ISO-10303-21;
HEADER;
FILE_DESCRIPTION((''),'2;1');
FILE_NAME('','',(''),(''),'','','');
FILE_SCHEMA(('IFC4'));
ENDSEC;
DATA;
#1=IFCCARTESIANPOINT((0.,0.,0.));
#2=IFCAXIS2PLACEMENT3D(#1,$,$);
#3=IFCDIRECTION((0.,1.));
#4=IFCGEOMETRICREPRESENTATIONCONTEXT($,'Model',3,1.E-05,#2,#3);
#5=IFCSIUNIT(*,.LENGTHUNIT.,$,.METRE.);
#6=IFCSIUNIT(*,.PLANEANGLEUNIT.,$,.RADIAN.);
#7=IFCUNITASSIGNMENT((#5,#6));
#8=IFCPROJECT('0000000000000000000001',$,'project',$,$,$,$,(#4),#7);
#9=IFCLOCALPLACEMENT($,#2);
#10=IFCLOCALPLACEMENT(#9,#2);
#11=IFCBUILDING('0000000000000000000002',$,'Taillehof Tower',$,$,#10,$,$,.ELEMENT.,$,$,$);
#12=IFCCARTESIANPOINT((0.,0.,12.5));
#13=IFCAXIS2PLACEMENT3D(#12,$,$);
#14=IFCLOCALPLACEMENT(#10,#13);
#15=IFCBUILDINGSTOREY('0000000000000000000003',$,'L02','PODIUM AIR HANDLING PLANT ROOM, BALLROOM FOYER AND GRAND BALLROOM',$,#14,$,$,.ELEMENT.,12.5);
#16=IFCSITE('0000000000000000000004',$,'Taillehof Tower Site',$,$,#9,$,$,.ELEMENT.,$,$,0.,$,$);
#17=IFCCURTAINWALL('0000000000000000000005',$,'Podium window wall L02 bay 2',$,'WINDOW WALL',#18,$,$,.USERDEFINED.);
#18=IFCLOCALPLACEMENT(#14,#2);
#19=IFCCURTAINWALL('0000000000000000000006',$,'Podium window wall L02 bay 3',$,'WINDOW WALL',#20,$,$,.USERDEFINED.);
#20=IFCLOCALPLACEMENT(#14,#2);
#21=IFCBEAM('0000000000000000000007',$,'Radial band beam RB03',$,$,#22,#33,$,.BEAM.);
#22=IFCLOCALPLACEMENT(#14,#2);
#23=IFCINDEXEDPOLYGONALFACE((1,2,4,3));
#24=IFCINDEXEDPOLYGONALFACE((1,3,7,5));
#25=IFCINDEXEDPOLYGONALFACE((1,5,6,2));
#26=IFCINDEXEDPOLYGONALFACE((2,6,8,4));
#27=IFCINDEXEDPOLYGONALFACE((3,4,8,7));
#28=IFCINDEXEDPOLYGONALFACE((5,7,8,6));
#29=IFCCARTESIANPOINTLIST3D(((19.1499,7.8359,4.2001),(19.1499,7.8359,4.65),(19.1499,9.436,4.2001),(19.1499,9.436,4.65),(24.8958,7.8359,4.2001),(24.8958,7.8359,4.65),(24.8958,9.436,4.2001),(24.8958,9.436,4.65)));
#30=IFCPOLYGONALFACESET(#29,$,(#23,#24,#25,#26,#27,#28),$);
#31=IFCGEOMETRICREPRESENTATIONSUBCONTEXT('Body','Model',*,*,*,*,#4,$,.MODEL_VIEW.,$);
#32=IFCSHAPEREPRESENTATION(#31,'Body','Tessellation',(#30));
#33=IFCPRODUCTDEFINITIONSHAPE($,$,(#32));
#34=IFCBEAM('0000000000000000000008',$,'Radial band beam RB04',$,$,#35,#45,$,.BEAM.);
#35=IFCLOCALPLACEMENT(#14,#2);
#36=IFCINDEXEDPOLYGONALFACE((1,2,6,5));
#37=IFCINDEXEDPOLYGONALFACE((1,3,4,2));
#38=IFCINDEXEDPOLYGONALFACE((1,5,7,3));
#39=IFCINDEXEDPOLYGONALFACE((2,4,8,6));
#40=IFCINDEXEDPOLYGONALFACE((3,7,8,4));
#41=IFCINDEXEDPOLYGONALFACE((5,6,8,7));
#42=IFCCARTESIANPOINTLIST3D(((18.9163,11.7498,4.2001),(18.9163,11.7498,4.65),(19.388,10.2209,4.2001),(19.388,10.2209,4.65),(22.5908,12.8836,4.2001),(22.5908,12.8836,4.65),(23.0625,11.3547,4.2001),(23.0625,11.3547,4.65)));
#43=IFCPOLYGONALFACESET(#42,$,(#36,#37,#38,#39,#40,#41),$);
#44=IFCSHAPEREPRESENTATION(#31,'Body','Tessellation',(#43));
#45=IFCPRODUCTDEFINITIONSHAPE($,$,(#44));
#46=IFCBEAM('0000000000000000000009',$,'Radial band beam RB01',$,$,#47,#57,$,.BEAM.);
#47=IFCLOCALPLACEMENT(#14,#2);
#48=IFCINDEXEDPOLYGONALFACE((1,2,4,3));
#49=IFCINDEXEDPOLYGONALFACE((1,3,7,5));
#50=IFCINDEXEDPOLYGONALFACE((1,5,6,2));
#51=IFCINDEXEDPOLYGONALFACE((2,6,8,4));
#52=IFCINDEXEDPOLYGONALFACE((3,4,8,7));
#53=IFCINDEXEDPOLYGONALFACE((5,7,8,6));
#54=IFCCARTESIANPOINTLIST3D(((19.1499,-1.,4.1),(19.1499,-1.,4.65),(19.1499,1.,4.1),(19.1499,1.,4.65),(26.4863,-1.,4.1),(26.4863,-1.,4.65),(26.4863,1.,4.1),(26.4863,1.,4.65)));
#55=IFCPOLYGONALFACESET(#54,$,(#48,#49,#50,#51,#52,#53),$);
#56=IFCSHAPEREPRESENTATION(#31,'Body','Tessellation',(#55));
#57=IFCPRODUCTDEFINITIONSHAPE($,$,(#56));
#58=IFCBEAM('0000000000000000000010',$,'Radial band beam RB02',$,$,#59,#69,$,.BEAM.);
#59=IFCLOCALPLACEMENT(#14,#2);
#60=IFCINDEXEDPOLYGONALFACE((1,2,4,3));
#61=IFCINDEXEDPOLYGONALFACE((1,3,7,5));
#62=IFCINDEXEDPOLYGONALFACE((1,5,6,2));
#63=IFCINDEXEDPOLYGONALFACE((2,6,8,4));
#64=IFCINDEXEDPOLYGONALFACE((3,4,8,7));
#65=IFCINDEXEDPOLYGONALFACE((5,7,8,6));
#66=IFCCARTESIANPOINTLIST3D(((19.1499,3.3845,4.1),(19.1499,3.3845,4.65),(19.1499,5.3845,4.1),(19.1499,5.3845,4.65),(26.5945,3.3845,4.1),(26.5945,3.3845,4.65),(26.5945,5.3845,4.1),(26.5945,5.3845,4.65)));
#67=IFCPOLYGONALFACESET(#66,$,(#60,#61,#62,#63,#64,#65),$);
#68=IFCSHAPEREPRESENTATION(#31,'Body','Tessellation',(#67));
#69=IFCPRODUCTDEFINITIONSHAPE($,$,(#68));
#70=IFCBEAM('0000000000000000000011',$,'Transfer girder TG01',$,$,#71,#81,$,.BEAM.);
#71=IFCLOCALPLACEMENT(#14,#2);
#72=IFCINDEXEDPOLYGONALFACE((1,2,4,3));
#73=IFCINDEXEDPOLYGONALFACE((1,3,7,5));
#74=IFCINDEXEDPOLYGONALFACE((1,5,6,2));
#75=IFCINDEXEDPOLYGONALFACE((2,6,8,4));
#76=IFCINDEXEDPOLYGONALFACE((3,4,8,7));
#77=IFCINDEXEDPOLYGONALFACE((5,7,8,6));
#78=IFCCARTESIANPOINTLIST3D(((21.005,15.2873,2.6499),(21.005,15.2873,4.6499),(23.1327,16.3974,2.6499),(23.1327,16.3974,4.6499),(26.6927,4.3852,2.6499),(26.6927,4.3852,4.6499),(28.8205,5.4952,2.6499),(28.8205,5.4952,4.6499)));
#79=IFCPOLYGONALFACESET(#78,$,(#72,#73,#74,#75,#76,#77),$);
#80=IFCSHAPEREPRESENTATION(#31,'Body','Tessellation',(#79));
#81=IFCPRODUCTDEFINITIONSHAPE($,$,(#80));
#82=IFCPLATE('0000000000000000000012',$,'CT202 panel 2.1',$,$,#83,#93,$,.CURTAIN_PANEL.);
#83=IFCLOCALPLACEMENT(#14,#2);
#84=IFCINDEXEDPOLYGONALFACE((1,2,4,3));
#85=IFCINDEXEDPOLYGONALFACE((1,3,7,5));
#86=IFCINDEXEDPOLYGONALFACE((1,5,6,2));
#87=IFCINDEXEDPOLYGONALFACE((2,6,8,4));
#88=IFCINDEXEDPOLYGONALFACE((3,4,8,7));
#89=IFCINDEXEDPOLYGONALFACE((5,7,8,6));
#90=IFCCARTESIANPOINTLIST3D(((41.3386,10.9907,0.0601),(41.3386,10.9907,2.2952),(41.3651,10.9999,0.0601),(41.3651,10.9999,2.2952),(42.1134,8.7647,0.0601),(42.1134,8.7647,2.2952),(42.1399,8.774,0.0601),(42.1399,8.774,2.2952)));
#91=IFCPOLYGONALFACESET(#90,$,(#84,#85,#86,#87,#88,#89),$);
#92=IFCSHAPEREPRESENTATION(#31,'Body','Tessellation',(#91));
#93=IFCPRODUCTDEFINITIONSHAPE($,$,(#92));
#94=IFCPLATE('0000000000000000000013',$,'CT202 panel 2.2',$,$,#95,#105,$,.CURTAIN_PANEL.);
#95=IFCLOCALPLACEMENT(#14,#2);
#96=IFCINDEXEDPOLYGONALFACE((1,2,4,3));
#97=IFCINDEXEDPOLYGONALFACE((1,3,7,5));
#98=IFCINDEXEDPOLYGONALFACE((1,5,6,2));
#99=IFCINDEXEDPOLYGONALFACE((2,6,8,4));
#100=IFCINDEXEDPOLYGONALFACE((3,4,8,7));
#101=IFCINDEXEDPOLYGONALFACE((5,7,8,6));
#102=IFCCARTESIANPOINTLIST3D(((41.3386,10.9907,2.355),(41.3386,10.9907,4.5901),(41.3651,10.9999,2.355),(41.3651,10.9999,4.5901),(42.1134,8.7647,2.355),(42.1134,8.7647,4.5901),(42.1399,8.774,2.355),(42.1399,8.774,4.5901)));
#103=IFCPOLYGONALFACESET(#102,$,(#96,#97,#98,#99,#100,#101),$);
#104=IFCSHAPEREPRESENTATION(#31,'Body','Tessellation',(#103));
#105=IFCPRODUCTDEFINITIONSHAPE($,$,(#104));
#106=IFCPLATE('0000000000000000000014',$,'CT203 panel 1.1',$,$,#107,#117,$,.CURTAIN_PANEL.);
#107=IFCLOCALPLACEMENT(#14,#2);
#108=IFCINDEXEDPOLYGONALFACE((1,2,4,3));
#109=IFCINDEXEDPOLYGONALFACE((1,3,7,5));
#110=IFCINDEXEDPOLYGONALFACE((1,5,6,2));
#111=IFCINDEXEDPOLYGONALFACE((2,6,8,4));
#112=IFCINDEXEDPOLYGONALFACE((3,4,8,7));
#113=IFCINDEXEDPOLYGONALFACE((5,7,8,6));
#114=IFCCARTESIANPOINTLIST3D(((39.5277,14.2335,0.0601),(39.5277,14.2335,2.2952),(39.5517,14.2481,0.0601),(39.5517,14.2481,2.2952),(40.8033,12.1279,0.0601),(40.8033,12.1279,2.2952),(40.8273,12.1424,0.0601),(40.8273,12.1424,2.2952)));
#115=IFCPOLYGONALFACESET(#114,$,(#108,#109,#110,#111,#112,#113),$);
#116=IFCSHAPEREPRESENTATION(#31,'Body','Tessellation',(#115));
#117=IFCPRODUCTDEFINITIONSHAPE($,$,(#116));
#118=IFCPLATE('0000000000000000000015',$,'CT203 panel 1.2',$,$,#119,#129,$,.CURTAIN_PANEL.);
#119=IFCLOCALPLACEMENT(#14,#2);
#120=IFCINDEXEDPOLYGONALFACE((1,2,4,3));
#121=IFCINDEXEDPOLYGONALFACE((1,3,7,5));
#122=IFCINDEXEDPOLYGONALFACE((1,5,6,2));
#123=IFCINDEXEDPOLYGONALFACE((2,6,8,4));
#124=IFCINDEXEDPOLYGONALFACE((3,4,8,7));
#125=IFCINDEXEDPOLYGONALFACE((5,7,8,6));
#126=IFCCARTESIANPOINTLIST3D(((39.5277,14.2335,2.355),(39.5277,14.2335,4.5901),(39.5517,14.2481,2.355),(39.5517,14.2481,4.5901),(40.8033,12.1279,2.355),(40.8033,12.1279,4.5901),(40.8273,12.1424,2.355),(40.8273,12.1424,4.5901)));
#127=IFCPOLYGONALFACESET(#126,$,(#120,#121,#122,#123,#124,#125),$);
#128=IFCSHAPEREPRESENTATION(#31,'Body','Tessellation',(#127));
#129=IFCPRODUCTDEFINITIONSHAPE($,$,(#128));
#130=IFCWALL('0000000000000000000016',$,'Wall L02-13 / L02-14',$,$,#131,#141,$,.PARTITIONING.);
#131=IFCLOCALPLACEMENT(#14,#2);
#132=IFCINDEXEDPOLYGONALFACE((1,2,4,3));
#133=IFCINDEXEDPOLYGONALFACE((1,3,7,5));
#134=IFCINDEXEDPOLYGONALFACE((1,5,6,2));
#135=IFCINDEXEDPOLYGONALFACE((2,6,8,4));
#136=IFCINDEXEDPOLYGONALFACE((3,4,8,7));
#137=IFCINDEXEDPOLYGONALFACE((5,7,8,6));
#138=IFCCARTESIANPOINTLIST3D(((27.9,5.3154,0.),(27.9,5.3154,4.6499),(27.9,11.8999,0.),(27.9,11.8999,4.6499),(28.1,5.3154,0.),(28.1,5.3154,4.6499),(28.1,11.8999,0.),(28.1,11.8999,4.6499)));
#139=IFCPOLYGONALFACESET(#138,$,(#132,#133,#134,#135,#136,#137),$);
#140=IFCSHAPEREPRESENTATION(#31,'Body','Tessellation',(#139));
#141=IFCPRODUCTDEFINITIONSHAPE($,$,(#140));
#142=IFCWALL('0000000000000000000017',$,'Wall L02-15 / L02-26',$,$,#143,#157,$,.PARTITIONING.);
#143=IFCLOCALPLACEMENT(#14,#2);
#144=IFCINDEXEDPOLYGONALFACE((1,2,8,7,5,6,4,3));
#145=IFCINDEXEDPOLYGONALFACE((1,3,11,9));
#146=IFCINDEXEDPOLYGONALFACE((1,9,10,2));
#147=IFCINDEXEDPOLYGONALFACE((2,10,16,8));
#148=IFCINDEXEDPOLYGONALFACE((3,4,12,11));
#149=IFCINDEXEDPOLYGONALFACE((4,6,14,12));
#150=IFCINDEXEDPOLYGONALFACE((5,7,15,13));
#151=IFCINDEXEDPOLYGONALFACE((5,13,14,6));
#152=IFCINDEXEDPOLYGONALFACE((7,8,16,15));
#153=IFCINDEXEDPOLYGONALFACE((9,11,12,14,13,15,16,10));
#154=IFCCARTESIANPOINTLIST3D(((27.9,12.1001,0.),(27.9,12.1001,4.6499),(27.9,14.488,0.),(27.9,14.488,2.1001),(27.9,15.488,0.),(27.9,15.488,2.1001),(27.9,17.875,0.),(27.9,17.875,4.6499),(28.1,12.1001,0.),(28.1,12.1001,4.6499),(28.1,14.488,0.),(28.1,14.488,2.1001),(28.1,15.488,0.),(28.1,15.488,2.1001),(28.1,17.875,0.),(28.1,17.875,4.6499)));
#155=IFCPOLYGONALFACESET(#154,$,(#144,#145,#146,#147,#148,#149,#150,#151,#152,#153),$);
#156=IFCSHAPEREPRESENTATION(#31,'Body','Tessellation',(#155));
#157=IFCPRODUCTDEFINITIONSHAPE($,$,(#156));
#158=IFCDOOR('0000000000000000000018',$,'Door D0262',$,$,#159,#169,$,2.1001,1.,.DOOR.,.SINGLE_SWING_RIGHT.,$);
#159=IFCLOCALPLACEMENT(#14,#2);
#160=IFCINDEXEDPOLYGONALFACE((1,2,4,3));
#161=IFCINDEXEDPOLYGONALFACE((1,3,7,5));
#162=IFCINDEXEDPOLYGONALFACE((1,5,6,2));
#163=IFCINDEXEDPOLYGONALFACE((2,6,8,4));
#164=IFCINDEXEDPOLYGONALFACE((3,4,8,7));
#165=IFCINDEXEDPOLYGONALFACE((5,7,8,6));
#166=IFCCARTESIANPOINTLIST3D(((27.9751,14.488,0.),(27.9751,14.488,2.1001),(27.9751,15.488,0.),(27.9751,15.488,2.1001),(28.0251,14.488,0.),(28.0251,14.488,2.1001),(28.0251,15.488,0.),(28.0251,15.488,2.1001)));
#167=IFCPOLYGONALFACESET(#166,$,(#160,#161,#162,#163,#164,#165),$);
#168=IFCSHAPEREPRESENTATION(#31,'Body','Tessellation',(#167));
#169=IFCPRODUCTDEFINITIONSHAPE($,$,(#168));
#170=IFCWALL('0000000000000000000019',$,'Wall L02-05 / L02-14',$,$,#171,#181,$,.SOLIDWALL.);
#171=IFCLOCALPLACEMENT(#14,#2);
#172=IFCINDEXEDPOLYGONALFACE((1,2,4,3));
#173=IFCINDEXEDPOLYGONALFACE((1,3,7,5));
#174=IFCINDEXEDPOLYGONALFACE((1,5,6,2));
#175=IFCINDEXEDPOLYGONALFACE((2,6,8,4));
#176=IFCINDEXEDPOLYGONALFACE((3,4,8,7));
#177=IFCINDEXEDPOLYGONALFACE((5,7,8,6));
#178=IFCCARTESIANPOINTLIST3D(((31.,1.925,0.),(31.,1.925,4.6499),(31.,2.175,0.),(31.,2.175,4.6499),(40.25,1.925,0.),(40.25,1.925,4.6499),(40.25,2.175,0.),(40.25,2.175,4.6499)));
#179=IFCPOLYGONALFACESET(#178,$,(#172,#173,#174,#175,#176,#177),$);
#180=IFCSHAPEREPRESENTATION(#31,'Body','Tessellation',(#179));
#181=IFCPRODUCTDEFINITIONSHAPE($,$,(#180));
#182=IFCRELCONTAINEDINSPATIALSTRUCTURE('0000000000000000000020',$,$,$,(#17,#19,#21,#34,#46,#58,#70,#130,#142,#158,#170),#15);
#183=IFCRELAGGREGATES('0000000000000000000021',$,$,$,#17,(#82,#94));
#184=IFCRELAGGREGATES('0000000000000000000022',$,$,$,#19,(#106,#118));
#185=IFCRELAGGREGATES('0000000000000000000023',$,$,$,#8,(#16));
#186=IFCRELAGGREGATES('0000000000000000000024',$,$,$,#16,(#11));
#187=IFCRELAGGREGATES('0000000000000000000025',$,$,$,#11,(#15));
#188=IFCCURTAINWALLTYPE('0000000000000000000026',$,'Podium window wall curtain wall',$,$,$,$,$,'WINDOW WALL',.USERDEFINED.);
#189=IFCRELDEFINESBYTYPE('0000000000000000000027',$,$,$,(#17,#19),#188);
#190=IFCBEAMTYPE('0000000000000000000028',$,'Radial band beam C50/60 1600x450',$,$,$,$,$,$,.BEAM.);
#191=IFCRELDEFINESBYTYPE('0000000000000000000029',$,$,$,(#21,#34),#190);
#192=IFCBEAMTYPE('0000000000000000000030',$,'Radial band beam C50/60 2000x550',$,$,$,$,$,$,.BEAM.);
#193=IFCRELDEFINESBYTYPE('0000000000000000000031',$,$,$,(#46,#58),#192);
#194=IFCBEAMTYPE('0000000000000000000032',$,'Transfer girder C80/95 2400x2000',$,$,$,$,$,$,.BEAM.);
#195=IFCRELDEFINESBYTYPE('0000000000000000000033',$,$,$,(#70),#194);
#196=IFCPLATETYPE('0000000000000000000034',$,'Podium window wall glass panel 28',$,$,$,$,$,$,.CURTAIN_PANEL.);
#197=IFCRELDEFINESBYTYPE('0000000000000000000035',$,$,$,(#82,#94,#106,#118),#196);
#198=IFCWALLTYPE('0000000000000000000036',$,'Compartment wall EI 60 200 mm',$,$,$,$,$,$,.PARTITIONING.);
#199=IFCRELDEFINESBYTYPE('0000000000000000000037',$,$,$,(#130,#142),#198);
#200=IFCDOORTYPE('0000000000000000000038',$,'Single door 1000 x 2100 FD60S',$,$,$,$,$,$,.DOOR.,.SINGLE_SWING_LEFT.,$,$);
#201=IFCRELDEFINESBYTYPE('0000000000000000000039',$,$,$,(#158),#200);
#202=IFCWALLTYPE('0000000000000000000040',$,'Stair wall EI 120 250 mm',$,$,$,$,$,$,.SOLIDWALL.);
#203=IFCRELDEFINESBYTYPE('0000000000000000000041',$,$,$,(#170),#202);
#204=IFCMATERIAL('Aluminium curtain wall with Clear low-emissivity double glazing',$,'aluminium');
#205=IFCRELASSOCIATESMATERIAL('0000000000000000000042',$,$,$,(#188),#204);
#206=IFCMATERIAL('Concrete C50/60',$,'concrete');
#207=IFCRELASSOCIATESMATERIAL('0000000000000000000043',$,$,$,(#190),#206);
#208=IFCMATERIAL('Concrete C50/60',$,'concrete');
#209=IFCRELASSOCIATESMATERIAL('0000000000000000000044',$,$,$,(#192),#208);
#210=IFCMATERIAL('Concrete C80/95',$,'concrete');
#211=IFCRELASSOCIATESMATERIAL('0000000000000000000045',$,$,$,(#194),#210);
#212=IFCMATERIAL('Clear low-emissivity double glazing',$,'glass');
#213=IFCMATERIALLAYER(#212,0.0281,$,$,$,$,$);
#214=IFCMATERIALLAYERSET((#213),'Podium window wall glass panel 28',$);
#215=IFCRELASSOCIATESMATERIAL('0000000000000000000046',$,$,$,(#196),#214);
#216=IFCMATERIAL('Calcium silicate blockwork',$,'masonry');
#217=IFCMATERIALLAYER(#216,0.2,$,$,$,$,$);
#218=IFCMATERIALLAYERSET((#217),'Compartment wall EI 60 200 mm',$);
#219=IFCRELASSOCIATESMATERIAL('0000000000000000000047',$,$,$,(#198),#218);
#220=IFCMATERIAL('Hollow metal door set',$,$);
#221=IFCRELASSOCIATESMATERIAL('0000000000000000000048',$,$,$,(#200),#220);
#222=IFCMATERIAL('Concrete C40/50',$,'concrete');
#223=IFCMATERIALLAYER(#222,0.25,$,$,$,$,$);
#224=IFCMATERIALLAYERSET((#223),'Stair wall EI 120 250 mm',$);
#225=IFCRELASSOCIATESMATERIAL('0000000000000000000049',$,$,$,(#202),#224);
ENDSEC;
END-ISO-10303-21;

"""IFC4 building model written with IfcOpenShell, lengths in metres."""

from ifc_helpers import new_model, si_unit, direction, frame, frame_2d, origin, origin_2d, place, context, subcontext, project, spatial, rectangle, extrude, material, layer, layer_set, material_profile, profile_set, type_object, element, fill, aggregate, save


model = new_model("IFC4")

# Units and contexts
model_context = context("Model", 3, precision=1e-05, world=origin(), true_north=direction((0.0, 1.0)))
body_context = subcontext(model_context, "Body", "Model", "MODEL_VIEW")
ifc_project = project(units=[si_unit("LENGTHUNIT", "METRE"), si_unit("PLANEANGLEUNIT", "RADIAN")], contexts=[model_context])

# Site, building, storey
site_placement = place(None, origin())
site = spatial("IfcSite", under=ifc_project, at=site_placement, Name="Taillehof Tower Site", CompositionType="ELEMENT", RefElevation=0.0)
building_placement = place(site_placement, origin())
building = spatial("IfcBuilding", under=site, at=building_placement, Name="Taillehof Tower", CompositionType="ELEMENT")
storey_placement = place(building_placement, frame((0.0, 0.0, 12.5)))
storey = spatial("IfcBuildingStorey", under=building, at=storey_placement, Name="L02", Description="PODIUM AIR HANDLING PLANT ROOM, BALLROOM FOYER AND GRAND BALLROOM", CompositionType="ELEMENT", Elevation=12.5)

# Curtain wall
ifc_material_1 = material(Name="Aluminium curtain wall with Clear low-emissivity double glazing", Category="aluminium")
curtain_wall_type = type_object("IfcCurtainWallType", Name="Podium window wall curtain wall", ElementType="WINDOW WALL", PredefinedType="USERDEFINED", material=ifc_material_1)
curtain_wall_1_placement = place(storey_placement, origin())
curtain_wall_1 = element("IfcCurtainWall", 1, at=curtain_wall_1_placement, inside=storey, type_object=curtain_wall_type, Name="Podium window wall L02 bay 2", ObjectType="WINDOW WALL", PredefinedType="USERDEFINED")

# Curtain wall
curtain_wall_2_placement = place(storey_placement, origin())
curtain_wall_2 = element("IfcCurtainWall", 2, at=curtain_wall_2_placement, inside=storey, type_object=curtain_wall_type, Name="Podium window wall L02 bay 3", ObjectType="WINDOW WALL", PredefinedType="USERDEFINED")

# Beams
ifc_material_2 = material(Name="Concrete C50/60", Category="concrete")
ifc_material_profile_1 = material_profile(ifc_material_2, rectangle(XDim=1.6001, YDim=0.45, at=origin_2d()), Name="RC 1600x450")
ifc_profile_set_1 = profile_set([ifc_material_profile_1], Name="Concrete C50/60")
beam_type_1 = type_object("IfcBeamType", Name="Radial band beam C50/60 1600x450", PredefinedType="BEAM", material=ifc_profile_set_1)
beam_1_placement = place(storey_placement, frame((24.8958, 8.636, 4.425), z_axis=(-1.0, 0.0, 0.0), x_axis=(0.0, -1.0, 0.0)))
element("IfcBeam", 3, at=beam_1_placement, inside=storey, type_object=beam_type_1, Name="Radial band beam RB03", PredefinedType="BEAM", context=body_context, shape_type="SweptSolid", body=[
    extrude(rectangle(XDim=1.6001, YDim=0.45, at=origin_2d()), origin(), (0.0, 0.0, 1.0), 5.7458),
])
beam_2_placement = place(storey_placement, frame((22.8267, 12.1191, 4.425), z_axis=(-0.955548, -0.294835, 0.0), x_axis=(0.294835, -0.955548, 0.0)))
element("IfcBeam", 4, at=beam_2_placement, inside=storey, type_object=beam_type_1, Name="Radial band beam RB04", PredefinedType="BEAM", context=body_context, shape_type="SweptSolid", body=[
    extrude(rectangle(XDim=1.6001, YDim=0.45, at=origin_2d()), origin(), (0.0, 0.0, 1.0), 3.8455),
])
ifc_material_3 = material(Name="Concrete C50/60", Category="concrete")
ifc_material_profile_2 = material_profile(ifc_material_3, rectangle(XDim=2.0, YDim=0.55, at=origin_2d()), Name="RC 2000x550")
ifc_profile_set_2 = profile_set([ifc_material_profile_2], Name="Concrete C50/60")
beam_type_2 = type_object("IfcBeamType", Name="Radial band beam C50/60 2000x550", PredefinedType="BEAM", material=ifc_profile_set_2)
beam_3_placement = place(storey_placement, frame((26.4863, 0.0, 4.375), z_axis=(-1.0, 0.0, 0.0), x_axis=(0.0, -1.0, 0.0)))
element("IfcBeam", 5, at=beam_3_placement, inside=storey, type_object=beam_type_2, Name="Radial band beam RB01", PredefinedType="BEAM", context=body_context, shape_type="SweptSolid", body=[
    extrude(rectangle(XDim=2.0, YDim=0.55, at=origin_2d()), origin(), (0.0, 0.0, 1.0), 7.3364),
])
beam_4_placement = place(storey_placement, frame((26.5945, 4.3845, 4.375), z_axis=(-1.0, 0.0, 0.0), x_axis=(0.0, -1.0, 0.0)))
element("IfcBeam", 6, at=beam_4_placement, inside=storey, type_object=beam_type_2, Name="Radial band beam RB02", PredefinedType="BEAM", context=body_context, shape_type="SweptSolid", body=[
    extrude(rectangle(XDim=2.0, YDim=0.55, at=origin_2d()), origin(), (0.0, 0.0, 1.0), 7.4446),
])
ifc_material_4 = material(Name="Concrete C80/95", Category="concrete")
ifc_material_profile_3 = material_profile(ifc_material_4, rectangle(XDim=2.3999, YDim=2.0, at=origin_2d()), Name="RC 2400x2000")
ifc_profile_set_3 = profile_set([ifc_material_profile_3], Name="Concrete C80/95")
beam_type_3 = type_object("IfcBeamType", Name="Transfer girder C80/95 2400x2000", PredefinedType="BEAM", material=ifc_profile_set_3)
beam_5_placement = place(storey_placement, frame((27.7566, 4.9402, 3.6499), z_axis=(-0.462546, 0.886595, 0.0), x_axis=(-0.886595, -0.462546, 0.0)))
element("IfcBeam", 7, at=beam_5_placement, inside=storey, type_object=beam_type_3, Name="Transfer girder TG01", PredefinedType="BEAM", context=body_context, shape_type="SweptSolid", body=[
    extrude(rectangle(XDim=2.3999, YDim=2.0, at=origin_2d()), origin(), (0.0, 0.0, 1.0), 12.2966),
])

# Plates
ifc_material_5 = material(Name="Clear low-emissivity double glazing", Category="glass")
ifc_layer_1 = layer(ifc_material_5, 0.0281)
ifc_layer_set_1 = layer_set([ifc_layer_1], Name="Podium window wall glass panel 28")
plate_type = type_object("IfcPlateType", Name="Podium window wall glass panel 28", PredefinedType="CURTAIN_PANEL", material=ifc_layer_set_1)
plate_1_placement = place(storey_placement, frame((41.7393, 9.8823, 0.0601), z_axis=(0.0, 0.0, 1.0), x_axis=(-0.328758, 0.944414, 0.0)))
plate_1 = element("IfcPlate", 8, at=plate_1_placement, type_object=plate_type, Name="CT202 panel 2.1", PredefinedType="CURTAIN_PANEL", context=body_context, shape_type="SweptSolid", body=[
    extrude(rectangle(XDim=2.3569, YDim=0.0281, at=origin_2d()), origin(), (0.0, 0.0, 1.0), 2.2351),
])
plate_2_placement = place(storey_placement, frame((41.7393, 9.8823, 2.355), z_axis=(0.0, 0.0, 1.0), x_axis=(-0.328758, 0.944414, 0.0)))
plate_2 = element("IfcPlate", 9, at=plate_2_placement, type_object=plate_type, Name="CT202 panel 2.2", PredefinedType="CURTAIN_PANEL", context=body_context, shape_type="SweptSolid", body=[
    extrude(rectangle(XDim=2.3569, YDim=0.0281, at=origin_2d()), origin(), (0.0, 0.0, 1.0), 2.2351),
])
aggregate(curtain_wall_1, [plate_1, plate_2])
plate_3_placement = place(storey_placement, frame((40.1775, 13.188, 0.0601), z_axis=(0.0, 0.0, 1.0), x_axis=(-0.518151, 0.855289, 0.0)))
plate_3 = element("IfcPlate", 10, at=plate_3_placement, type_object=plate_type, Name="CT203 panel 1.1", PredefinedType="CURTAIN_PANEL", context=body_context, shape_type="SweptSolid", body=[
    extrude(rectangle(XDim=2.4619, YDim=0.0281, at=origin_2d()), origin(), (0.0, 0.0, 1.0), 2.2351),
])
plate_4_placement = place(storey_placement, frame((40.1775, 13.188, 2.355), z_axis=(0.0, 0.0, 1.0), x_axis=(-0.518151, 0.855289, 0.0)))
plate_4 = element("IfcPlate", 11, at=plate_4_placement, type_object=plate_type, Name="CT203 panel 1.2", PredefinedType="CURTAIN_PANEL", context=body_context, shape_type="SweptSolid", body=[
    extrude(rectangle(XDim=2.4619, YDim=0.0281, at=origin_2d()), origin(), (0.0, 0.0, 1.0), 2.2351),
])
aggregate(curtain_wall_2, [plate_3, plate_4])

# Wall
ifc_material_6 = material(Name="Calcium silicate blockwork", Category="masonry")
ifc_layer_2 = layer(ifc_material_6, 0.2)
ifc_layer_set_2 = layer_set([ifc_layer_2], Name="Compartment wall EI 60 200 mm")
wall_type_1 = type_object("IfcWallType", Name="Compartment wall EI 60 200 mm", PredefinedType="PARTITIONING", material=ifc_layer_set_2)
wall_1_placement = place(storey_placement, frame((28.0, 5.3154, 0.0), z_axis=(0.0, 0.0, 1.0), x_axis=(0.0, 1.0, 0.0)))
element("IfcWall", 12, at=wall_1_placement, inside=storey, type_object=wall_type_1, Name="Wall L02-13 / L02-14", PredefinedType="PARTITIONING", context=body_context, shape_type="SweptSolid", body=[
    extrude(rectangle(XDim=6.5845, YDim=0.2, at=frame_2d((3.2922, 0.0))), origin(), (0.0, 0.0, 1.0), 4.6499),
])

# Wall, opening, door
wall_2_placement = place(storey_placement, frame((28.0, 12.1001, 0.0), z_axis=(0.0, 0.0, 1.0), x_axis=(0.0, 1.0, 0.0)))
wall_2 = element("IfcWall", 13, at=wall_2_placement, inside=storey, type_object=wall_type_1, Name="Wall L02-15 / L02-26", PredefinedType="PARTITIONING", context=body_context, shape_type="SweptSolid", body=[
    extrude(rectangle(XDim=5.7749, YDim=0.2, at=frame_2d((2.8875, 0.0))), origin(), (0.0, 0.0, 1.0), 4.6499),
])
opening_placement = place(wall_2_placement, frame((2.3879, 0.0, 0.0)))
opening = element("IfcOpeningElement", 14, at=opening_placement, cuts=wall_2, PredefinedType="OPENING", context=body_context, shape_type="SweptSolid", body=[
    extrude(rectangle(XDim=1.0, YDim=2.1001, at=frame_2d((0.5, 1.05))), frame((0.0, 0.1099, 0.0), z_axis=(0.0, -1.0, 0.0), x_axis=(1.0, 0.0, 0.0)), (0.0, 0.0, 1.0), 0.22),
])
ifc_material_7 = material(Name="Hollow metal door set")
door_type = type_object("IfcDoorType", Name="Single door 1000 x 2100 FD60S", OperationType="SINGLE_SWING_LEFT", PredefinedType="DOOR", material=ifc_material_7)
door_placement = place(opening_placement, origin())
door = element("IfcDoor", 15, at=door_placement, inside=storey, type_object=door_type, Name="Door D0262", OperationType="SINGLE_SWING_RIGHT", OverallHeight=2.1001, OverallWidth=1.0, PredefinedType="DOOR", context=body_context, shape_type="SweptSolid", body=[
    extrude(rectangle(XDim=1.0, YDim=2.1001, at=frame_2d((0.5, 1.05))), frame((0.0, 0.0249, 0.0), z_axis=(0.0, -1.0, 0.0), x_axis=(1.0, 0.0, 0.0)), (0.0, 0.0, 1.0), 0.05),
])
fill(opening, door)

# Wall
ifc_material_8 = material(Name="Concrete C40/50", Category="concrete")
ifc_layer_3 = layer(ifc_material_8, 0.25)
ifc_layer_set_3 = layer_set([ifc_layer_3], Name="Stair wall EI 120 250 mm")
wall_type_2 = type_object("IfcWallType", Name="Stair wall EI 120 250 mm", PredefinedType="SOLIDWALL", material=ifc_layer_set_3)
wall_3_placement = place(storey_placement, frame((31.0, 2.05, 0.0), z_axis=(0.0, 0.0, 1.0), x_axis=(1.0, 0.0, 0.0)))
element("IfcWall", 16, at=wall_3_placement, inside=storey, type_object=wall_type_2, Name="Wall L02-05 / L02-14", PredefinedType="SOLIDWALL", context=body_context, shape_type="SweptSolid", body=[
    extrude(rectangle(XDim=9.25, YDim=0.25, at=frame_2d((4.625, 0.0))), origin(), (0.0, 0.0, 1.0), 4.6499),
])

save(model, "model.ifc")
